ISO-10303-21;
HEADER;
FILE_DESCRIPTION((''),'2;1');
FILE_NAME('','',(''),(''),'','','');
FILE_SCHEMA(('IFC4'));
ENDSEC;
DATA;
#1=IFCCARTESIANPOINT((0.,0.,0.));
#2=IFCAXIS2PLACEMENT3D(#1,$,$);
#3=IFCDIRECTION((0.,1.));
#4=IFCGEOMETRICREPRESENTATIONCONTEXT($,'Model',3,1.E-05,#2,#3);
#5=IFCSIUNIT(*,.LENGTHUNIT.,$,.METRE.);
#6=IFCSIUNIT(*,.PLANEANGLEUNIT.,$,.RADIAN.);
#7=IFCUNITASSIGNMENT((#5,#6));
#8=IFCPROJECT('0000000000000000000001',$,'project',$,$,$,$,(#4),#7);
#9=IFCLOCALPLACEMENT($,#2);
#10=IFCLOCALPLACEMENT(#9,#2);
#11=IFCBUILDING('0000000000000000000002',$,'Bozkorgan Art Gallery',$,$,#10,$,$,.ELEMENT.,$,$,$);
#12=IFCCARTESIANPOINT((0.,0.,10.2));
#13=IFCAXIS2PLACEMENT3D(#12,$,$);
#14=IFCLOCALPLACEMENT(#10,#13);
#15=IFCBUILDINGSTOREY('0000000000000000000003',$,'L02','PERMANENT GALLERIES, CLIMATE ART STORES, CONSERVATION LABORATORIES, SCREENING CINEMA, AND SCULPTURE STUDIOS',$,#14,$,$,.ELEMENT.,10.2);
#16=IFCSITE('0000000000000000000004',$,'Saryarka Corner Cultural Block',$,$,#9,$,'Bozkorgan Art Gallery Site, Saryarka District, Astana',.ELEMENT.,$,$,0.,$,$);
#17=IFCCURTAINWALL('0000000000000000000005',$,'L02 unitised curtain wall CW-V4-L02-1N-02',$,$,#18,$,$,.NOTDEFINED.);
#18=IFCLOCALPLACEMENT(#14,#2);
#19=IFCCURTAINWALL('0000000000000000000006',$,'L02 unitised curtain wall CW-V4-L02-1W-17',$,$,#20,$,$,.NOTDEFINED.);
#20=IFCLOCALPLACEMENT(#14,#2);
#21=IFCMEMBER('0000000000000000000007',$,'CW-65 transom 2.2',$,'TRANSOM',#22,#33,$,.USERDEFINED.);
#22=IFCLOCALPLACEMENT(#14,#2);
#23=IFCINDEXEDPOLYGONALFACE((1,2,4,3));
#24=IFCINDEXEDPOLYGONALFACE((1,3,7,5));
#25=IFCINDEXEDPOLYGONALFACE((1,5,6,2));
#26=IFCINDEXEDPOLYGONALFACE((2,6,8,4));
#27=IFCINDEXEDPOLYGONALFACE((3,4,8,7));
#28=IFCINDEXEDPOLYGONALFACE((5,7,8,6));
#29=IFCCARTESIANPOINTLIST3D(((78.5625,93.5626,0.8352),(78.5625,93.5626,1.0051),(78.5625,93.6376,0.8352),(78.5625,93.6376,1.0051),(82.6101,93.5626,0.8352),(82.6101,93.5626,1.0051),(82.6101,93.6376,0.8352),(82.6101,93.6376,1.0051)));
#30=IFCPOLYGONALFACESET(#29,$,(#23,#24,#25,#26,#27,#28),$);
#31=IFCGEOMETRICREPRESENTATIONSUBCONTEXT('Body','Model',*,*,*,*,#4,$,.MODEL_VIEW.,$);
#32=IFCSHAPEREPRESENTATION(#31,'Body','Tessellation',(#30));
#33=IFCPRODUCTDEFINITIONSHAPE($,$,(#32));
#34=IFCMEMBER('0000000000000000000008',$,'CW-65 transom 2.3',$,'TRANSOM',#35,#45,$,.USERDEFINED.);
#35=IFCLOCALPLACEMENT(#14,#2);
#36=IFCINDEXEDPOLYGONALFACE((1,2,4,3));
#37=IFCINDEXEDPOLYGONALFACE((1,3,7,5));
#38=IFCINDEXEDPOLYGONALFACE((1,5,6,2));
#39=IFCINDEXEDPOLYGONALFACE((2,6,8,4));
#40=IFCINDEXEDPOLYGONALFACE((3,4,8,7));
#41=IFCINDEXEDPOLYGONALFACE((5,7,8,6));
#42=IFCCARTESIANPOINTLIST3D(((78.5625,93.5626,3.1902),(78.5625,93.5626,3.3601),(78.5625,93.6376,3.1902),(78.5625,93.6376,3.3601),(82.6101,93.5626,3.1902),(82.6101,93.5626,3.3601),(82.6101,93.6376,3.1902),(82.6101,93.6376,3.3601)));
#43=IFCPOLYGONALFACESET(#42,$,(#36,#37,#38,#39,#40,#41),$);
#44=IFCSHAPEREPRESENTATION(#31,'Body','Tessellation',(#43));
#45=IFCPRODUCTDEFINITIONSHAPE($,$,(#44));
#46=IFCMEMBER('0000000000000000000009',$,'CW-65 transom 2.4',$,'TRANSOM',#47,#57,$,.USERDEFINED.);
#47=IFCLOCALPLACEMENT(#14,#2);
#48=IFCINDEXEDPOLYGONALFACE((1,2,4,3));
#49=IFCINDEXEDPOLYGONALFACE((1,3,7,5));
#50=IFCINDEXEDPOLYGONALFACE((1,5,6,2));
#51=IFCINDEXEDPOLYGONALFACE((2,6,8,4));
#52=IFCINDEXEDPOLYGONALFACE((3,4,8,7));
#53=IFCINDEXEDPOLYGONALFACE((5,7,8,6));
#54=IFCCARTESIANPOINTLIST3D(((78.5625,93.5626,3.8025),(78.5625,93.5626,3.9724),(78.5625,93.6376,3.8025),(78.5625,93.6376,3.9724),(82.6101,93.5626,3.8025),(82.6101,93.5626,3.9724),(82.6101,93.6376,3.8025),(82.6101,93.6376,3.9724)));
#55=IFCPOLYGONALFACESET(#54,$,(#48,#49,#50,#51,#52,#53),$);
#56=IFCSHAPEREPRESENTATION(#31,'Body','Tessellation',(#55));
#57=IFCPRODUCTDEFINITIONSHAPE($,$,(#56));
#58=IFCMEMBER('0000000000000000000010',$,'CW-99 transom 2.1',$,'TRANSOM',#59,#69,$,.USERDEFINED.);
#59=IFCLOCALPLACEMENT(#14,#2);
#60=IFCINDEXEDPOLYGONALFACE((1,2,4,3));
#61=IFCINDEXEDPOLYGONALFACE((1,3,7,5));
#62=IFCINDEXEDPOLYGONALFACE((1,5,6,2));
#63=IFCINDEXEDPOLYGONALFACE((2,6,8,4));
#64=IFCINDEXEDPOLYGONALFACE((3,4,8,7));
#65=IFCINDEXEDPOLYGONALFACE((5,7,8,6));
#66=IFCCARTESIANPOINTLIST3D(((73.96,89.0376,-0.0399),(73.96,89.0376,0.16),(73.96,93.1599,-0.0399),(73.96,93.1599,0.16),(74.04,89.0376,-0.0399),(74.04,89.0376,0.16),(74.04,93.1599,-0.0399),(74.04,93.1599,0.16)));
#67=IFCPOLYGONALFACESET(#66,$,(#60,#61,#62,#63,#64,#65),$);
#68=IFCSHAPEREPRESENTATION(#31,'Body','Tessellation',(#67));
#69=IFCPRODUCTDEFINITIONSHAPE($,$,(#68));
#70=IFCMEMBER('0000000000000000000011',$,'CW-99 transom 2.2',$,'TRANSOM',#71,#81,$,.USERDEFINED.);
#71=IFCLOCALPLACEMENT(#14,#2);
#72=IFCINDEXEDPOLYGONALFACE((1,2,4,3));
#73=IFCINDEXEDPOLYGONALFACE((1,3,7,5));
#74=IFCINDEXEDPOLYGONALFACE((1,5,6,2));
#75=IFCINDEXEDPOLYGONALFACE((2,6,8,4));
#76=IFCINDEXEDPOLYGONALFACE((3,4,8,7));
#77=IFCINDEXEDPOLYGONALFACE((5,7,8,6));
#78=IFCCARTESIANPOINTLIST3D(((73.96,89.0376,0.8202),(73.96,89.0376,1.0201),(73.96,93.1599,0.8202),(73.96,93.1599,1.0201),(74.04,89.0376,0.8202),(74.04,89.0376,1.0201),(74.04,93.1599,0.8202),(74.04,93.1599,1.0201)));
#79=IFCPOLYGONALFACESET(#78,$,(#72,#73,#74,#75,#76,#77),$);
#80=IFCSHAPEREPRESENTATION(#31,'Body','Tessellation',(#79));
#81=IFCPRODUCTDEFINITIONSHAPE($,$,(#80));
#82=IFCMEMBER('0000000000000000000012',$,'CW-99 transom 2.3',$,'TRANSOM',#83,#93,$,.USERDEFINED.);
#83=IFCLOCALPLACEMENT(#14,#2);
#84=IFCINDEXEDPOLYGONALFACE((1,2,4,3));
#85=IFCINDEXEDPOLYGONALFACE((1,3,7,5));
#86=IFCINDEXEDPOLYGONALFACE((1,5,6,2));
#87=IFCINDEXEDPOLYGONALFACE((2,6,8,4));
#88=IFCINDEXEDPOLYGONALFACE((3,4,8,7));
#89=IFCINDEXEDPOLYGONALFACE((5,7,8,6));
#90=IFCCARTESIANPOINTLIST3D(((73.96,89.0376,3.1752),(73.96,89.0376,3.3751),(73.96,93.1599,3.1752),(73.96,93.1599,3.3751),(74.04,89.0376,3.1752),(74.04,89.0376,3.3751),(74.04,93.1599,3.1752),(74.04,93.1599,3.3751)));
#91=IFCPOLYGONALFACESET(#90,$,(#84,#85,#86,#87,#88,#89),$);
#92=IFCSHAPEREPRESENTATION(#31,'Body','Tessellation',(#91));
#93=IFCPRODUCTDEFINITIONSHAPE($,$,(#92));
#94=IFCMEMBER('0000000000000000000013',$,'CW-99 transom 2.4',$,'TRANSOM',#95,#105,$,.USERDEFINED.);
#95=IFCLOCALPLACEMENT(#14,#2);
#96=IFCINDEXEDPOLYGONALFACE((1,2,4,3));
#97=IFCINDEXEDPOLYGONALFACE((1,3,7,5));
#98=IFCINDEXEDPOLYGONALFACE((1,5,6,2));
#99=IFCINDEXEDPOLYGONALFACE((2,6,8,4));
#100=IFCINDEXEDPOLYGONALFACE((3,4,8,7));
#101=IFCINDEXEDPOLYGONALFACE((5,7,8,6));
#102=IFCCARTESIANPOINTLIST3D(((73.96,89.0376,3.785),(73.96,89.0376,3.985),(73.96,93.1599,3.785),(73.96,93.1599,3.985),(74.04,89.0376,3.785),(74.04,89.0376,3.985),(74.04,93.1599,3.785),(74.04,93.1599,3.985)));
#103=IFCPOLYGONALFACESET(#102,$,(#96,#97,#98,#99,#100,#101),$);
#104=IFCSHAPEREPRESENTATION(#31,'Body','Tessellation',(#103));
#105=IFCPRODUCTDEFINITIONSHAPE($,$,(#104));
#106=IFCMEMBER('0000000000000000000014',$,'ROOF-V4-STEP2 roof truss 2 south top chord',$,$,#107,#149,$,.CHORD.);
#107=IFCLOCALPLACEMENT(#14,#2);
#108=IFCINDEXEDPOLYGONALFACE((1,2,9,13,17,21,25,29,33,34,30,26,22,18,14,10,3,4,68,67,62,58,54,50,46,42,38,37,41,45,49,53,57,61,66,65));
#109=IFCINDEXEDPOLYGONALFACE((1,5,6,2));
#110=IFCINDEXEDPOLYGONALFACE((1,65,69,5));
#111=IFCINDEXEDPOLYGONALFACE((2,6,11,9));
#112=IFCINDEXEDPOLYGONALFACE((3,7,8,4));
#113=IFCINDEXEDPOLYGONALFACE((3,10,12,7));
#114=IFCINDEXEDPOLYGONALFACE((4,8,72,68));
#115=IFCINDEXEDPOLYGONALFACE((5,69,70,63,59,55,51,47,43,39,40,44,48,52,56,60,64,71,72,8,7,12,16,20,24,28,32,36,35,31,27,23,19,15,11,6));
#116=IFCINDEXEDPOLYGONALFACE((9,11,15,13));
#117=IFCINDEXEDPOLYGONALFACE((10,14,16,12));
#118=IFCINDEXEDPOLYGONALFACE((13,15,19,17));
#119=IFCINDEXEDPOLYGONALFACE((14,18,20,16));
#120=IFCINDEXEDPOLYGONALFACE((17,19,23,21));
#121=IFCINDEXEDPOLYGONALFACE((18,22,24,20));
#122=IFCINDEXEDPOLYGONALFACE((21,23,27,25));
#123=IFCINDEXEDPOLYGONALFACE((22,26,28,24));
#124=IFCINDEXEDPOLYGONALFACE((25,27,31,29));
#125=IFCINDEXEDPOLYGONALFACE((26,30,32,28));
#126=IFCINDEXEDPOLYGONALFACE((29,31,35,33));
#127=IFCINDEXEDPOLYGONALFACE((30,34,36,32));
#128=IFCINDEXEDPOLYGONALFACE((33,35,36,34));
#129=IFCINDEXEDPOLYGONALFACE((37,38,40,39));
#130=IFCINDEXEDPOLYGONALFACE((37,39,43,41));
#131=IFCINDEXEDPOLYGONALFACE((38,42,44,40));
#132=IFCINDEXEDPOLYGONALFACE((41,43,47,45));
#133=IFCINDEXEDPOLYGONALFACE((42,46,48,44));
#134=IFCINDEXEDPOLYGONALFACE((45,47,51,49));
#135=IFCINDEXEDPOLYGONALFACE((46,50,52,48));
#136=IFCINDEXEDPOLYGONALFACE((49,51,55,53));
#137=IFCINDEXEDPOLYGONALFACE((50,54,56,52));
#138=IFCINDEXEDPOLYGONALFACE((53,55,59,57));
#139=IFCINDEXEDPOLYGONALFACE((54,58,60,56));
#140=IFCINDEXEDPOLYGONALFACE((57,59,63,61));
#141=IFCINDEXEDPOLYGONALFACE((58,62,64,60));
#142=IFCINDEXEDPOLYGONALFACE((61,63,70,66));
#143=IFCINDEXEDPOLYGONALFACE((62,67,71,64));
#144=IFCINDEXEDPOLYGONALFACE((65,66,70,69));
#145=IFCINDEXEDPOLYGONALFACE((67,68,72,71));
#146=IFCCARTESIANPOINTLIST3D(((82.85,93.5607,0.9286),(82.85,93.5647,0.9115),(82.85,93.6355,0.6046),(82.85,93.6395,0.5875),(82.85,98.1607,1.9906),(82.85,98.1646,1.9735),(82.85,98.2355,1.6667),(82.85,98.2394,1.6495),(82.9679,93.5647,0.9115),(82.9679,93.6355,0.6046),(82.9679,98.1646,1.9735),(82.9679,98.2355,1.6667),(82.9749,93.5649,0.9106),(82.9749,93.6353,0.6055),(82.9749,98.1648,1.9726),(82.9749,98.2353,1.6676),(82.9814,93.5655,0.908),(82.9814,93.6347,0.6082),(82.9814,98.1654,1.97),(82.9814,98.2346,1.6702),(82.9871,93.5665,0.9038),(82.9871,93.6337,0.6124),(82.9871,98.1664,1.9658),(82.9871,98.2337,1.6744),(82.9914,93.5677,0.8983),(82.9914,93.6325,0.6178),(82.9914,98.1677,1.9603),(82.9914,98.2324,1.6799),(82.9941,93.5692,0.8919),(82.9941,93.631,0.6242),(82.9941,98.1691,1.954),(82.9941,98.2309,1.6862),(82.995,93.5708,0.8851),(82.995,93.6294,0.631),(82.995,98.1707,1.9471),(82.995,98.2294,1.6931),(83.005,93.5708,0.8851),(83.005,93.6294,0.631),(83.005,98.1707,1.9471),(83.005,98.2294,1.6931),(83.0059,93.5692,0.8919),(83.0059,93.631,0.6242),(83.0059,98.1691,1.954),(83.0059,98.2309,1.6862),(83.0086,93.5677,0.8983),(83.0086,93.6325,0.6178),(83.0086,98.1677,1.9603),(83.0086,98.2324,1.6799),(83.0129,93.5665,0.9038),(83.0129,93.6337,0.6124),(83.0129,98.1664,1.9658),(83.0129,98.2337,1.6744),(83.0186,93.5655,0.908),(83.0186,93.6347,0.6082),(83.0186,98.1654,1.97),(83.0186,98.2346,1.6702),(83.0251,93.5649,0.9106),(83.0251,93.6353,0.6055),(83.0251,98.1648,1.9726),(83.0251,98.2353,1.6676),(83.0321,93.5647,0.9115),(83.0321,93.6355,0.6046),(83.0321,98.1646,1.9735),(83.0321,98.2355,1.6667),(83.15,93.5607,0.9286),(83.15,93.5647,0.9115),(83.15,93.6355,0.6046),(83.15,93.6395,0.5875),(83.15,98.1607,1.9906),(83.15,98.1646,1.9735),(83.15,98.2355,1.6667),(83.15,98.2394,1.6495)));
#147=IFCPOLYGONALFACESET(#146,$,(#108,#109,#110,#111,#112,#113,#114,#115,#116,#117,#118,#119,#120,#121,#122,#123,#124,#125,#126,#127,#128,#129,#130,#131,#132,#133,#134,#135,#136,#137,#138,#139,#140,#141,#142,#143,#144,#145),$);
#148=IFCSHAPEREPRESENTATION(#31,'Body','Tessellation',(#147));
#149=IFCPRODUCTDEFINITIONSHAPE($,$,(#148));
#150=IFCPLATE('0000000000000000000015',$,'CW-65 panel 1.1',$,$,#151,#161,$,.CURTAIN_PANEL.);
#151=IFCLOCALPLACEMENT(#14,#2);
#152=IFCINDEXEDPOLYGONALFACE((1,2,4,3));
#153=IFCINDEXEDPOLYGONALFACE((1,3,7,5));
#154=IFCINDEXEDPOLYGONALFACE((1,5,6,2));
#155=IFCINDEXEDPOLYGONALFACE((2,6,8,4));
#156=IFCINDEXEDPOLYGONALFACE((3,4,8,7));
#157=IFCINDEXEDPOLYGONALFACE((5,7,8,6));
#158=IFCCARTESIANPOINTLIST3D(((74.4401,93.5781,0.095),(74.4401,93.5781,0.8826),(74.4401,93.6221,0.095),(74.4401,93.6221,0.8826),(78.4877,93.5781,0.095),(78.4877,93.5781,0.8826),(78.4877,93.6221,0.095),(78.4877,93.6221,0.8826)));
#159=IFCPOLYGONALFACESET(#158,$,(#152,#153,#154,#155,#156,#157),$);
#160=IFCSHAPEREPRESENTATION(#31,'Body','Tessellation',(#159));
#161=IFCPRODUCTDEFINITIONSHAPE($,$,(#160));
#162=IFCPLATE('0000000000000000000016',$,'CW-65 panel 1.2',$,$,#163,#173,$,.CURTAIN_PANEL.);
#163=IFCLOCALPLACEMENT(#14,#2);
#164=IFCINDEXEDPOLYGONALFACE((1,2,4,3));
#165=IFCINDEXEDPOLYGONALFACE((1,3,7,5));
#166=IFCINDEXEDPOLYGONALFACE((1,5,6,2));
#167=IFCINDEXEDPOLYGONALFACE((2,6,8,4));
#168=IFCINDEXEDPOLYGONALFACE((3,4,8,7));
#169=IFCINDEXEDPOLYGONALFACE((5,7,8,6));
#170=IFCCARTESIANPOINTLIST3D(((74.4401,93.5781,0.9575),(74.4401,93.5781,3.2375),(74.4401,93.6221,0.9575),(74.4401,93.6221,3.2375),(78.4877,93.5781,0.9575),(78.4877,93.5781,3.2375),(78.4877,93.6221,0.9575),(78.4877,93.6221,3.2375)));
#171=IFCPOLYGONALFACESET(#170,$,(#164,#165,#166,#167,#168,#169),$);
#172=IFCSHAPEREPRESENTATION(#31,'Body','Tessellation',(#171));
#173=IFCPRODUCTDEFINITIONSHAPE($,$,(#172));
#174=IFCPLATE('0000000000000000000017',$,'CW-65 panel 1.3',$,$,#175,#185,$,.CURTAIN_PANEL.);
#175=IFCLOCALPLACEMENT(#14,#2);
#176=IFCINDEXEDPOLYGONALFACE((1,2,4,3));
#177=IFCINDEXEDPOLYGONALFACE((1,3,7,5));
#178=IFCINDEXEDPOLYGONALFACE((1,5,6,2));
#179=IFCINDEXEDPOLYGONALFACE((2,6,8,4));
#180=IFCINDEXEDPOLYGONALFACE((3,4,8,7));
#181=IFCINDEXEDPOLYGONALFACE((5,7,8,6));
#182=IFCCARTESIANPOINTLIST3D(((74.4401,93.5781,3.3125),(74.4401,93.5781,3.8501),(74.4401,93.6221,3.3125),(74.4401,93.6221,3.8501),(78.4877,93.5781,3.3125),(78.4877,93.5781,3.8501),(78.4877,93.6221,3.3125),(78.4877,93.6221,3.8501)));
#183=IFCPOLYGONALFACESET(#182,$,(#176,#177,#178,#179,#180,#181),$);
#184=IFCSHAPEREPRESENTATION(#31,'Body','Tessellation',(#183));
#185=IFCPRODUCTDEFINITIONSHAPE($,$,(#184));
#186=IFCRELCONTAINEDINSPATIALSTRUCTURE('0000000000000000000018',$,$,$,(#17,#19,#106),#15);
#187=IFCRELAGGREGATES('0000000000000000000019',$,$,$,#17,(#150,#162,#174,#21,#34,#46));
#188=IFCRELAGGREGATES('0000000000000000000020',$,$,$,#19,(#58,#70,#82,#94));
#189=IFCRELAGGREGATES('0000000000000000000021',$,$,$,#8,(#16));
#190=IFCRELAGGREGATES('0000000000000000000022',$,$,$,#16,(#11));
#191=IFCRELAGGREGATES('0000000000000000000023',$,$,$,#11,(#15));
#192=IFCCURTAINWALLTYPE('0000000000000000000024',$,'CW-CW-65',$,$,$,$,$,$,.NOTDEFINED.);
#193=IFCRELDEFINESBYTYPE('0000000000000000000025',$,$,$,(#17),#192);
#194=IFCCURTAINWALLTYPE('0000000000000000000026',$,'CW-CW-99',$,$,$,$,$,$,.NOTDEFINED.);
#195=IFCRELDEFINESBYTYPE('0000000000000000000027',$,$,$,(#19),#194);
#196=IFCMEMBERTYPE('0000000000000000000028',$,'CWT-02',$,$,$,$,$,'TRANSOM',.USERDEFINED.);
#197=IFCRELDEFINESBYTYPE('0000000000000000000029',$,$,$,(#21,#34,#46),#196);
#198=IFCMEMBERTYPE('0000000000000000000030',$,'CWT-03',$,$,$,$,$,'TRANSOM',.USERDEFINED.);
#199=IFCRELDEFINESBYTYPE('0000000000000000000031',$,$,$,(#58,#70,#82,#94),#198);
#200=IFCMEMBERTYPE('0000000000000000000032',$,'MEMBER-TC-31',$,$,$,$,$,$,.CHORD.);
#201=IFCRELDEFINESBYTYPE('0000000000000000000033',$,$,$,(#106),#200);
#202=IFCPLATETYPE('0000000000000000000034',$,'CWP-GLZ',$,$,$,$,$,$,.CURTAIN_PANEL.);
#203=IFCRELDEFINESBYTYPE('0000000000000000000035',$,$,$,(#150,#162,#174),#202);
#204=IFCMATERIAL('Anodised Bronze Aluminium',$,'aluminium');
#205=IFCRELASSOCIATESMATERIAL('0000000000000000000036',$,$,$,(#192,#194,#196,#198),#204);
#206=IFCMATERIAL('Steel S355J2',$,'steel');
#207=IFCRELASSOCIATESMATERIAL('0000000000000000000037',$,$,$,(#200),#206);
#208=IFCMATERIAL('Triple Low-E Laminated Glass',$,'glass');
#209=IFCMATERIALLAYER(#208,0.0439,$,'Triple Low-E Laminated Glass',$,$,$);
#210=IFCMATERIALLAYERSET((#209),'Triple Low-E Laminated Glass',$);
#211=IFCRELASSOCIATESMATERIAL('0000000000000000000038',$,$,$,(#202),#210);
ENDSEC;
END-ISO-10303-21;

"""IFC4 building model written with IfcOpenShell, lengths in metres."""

from ifc_helpers import new_model, si_unit, direction, frame, origin, origin_2d, place, context, subcontext, project, spatial, rectangle, i_section, extrude, material, layer, layer_set, material_profile, profile_set, type_object, element, aggregate, save


model = new_model("IFC4")

# Units and contexts
model_context = context("Model", 3, precision=1e-05, world=origin(), true_north=direction((0.0, 1.0)))
body_context = subcontext(model_context, "Body", "Model", "MODEL_VIEW")
ifc_project = project(units=[si_unit("LENGTHUNIT", "METRE"), si_unit("PLANEANGLEUNIT", "RADIAN")], contexts=[model_context])

# Site, building, storey
site_placement = place(None, origin())
site = spatial("IfcSite", under=ifc_project, at=site_placement, Name="Saryarka Corner Cultural Block", LongName="Bozkorgan Art Gallery Site, Saryarka District, Astana", CompositionType="ELEMENT", RefElevation=0.0)
building_placement = place(site_placement, origin())
building = spatial("IfcBuilding", under=site, at=building_placement, Name="Bozkorgan Art Gallery", CompositionType="ELEMENT")
storey_placement = place(building_placement, frame((0.0, 0.0, 10.2)))
storey = spatial("IfcBuildingStorey", under=building, at=storey_placement, Name="L02", Description="PERMANENT GALLERIES, CLIMATE ART STORES, CONSERVATION LABORATORIES, SCREENING CINEMA, AND SCULPTURE STUDIOS", CompositionType="ELEMENT", Elevation=10.2)

# Shared definitions
ifc_material_1 = material(Name="Steel S355J2", Category="steel")

# Curtain wall
ifc_material_2 = material(Name="Anodised Bronze Aluminium", Category="aluminium")
curtain_wall_type_1 = type_object("IfcCurtainWallType", Name="CW-CW-65", PredefinedType="NOTDEFINED", material=ifc_material_2)
curtain_wall_1_placement = place(storey_placement, origin())
curtain_wall_1 = element("IfcCurtainWall", 1, at=curtain_wall_1_placement, inside=storey, type_object=curtain_wall_type_1, Name="L02 unitised curtain wall CW-V4-L02-1N-02", PredefinedType="NOTDEFINED")

# Curtain wall
curtain_wall_type_2 = type_object("IfcCurtainWallType", Name="CW-CW-99", PredefinedType="NOTDEFINED", material=ifc_material_2)
curtain_wall_2_placement = place(storey_placement, origin())
curtain_wall_2 = element("IfcCurtainWall", 2, at=curtain_wall_2_placement, inside=storey, type_object=curtain_wall_type_2, Name="L02 unitised curtain wall CW-V4-L02-1W-17", PredefinedType="NOTDEFINED")

# Members
ifc_material_profile_1 = material_profile(ifc_material_2, rectangle(XDim=0.075, YDim=0.1699, at=origin_2d()), Name="ALU TRANSOM 75x170")
ifc_profile_set_1 = profile_set([ifc_material_profile_1], Name="Anodised Bronze Aluminium")
member_type_1 = type_object("IfcMemberType", Name="CWT-02", ElementType="TRANSOM", PredefinedType="USERDEFINED", material=ifc_profile_set_1)
member_1_placement = place(storey_placement, frame((78.5625, 93.6001, 0.9202), z_axis=(1.0, 0.0, 0.0), x_axis=(0.0, 1.0, 0.0)))
member_1 = element("IfcMember", 3, at=member_1_placement, type_object=member_type_1, Name="CW-65 transom 2.2", ObjectType="TRANSOM", PredefinedType="USERDEFINED", context=body_context, shape_type="SweptSolid", body=[
    extrude(rectangle(XDim=0.075, YDim=0.1699, at=origin_2d()), origin(), (0.0, 0.0, 1.0), 4.0476),
])
member_2_placement = place(storey_placement, frame((78.5625, 93.6001, 3.2751), z_axis=(1.0, 0.0, 0.0), x_axis=(0.0, 1.0, 0.0)))
member_2 = element("IfcMember", 4, at=member_2_placement, type_object=member_type_1, Name="CW-65 transom 2.3", ObjectType="TRANSOM", PredefinedType="USERDEFINED", context=body_context, shape_type="SweptSolid", body=[
    extrude(rectangle(XDim=0.075, YDim=0.1699, at=origin_2d()), origin(), (0.0, 0.0, 1.0), 4.0476),
])
member_3_placement = place(storey_placement, frame((78.5625, 93.6001, 3.8875), z_axis=(1.0, 0.0, 0.0), x_axis=(0.0, 1.0, 0.0)))
member_3 = element("IfcMember", 5, at=member_3_placement, type_object=member_type_1, Name="CW-65 transom 2.4", ObjectType="TRANSOM", PredefinedType="USERDEFINED", context=body_context, shape_type="SweptSolid", body=[
    extrude(rectangle(XDim=0.075, YDim=0.1699, at=origin_2d()), origin(), (0.0, 0.0, 1.0), 4.0476),
])
ifc_material_profile_2 = material_profile(ifc_material_2, rectangle(XDim=0.0801, YDim=0.2, at=origin_2d()), Name="ALU TRANSOM 80x200")
ifc_profile_set_2 = profile_set([ifc_material_profile_2], Name="Anodised Bronze Aluminium")
member_type_2 = type_object("IfcMemberType", Name="CWT-03", ElementType="TRANSOM", PredefinedType="USERDEFINED", material=ifc_profile_set_2)
member_4_placement = place(storey_placement, frame((74.0, 89.0376, 0.0601), z_axis=(0.0, 1.0, 0.0), x_axis=(-1.0, 0.0, 0.0)))
member_4 = element("IfcMember", 6, at=member_4_placement, type_object=member_type_2, Name="CW-99 transom 2.1", ObjectType="TRANSOM", PredefinedType="USERDEFINED", context=body_context, shape_type="SweptSolid", body=[
    extrude(rectangle(XDim=0.0801, YDim=0.2, at=origin_2d()), origin(), (0.0, 0.0, 1.0), 4.1223),
])
member_5_placement = place(storey_placement, frame((74.0, 89.0376, 0.9202), z_axis=(0.0, 1.0, 0.0), x_axis=(-1.0, 0.0, 0.0)))
member_5 = element("IfcMember", 7, at=member_5_placement, type_object=member_type_2, Name="CW-99 transom 2.2", ObjectType="TRANSOM", PredefinedType="USERDEFINED", context=body_context, shape_type="SweptSolid", body=[
    extrude(rectangle(XDim=0.0801, YDim=0.2, at=origin_2d()), origin(), (0.0, 0.0, 1.0), 4.1223),
])
member_6_placement = place(storey_placement, frame((74.0, 89.0376, 3.2751), z_axis=(0.0, 1.0, 0.0), x_axis=(-1.0, 0.0, 0.0)))
member_6 = element("IfcMember", 8, at=member_6_placement, type_object=member_type_2, Name="CW-99 transom 2.3", ObjectType="TRANSOM", PredefinedType="USERDEFINED", context=body_context, shape_type="SweptSolid", body=[
    extrude(rectangle(XDim=0.0801, YDim=0.2, at=origin_2d()), origin(), (0.0, 0.0, 1.0), 4.1223),
])
member_7_placement = place(storey_placement, frame((74.0, 89.0376, 3.885), z_axis=(0.0, 1.0, 0.0), x_axis=(-1.0, 0.0, 0.0)))
member_7 = element("IfcMember", 9, at=member_7_placement, type_object=member_type_2, Name="CW-99 transom 2.4", ObjectType="TRANSOM", PredefinedType="USERDEFINED", context=body_context, shape_type="SweptSolid", body=[
    extrude(rectangle(XDim=0.0801, YDim=0.2, at=origin_2d()), origin(), (0.0, 0.0, 1.0), 4.1223),
])
ifc_material_profile_3 = material_profile(ifc_material_1, i_section(OverallWidth=0.3, OverallDepth=0.3501, WebThickness=0.01, FlangeThickness=0.0176, FilletRadius=0.0271, at=origin_2d()), Name="HEA 360")
ifc_profile_set_3 = profile_set([ifc_material_profile_3], Name="Steel S355J2")
member_type_3 = type_object("IfcMemberType", Name="MEMBER-TC-31", PredefinedType="CHORD", material=ifc_profile_set_3)
member_8_placement = place(storey_placement, frame((83.0, 93.6001, 0.7581), z_axis=(0.0, 0.974368, 0.224961), x_axis=(-1.0, 0.0, 0.0)))
element("IfcMember", 10, at=member_8_placement, inside=storey, type_object=member_type_3, Name="ROOF-V4-STEP2 roof truss 2 south top chord", PredefinedType="CHORD", context=body_context, shape_type="SweptSolid", body=[
    extrude(i_section(OverallWidth=0.3, OverallDepth=0.3501, WebThickness=0.01, FlangeThickness=0.0176, FilletRadius=0.0271, at=origin_2d()), origin(), (0.0, 0.0, 1.0), 4.7209),
])

# Plates
ifc_material_3 = material(Name="Triple Low-E Laminated Glass", Category="glass")
ifc_layer = layer(ifc_material_3, 0.0439, Name="Triple Low-E Laminated Glass")
ifc_layer_set = layer_set([ifc_layer], Name="Triple Low-E Laminated Glass")
plate_type = type_object("IfcPlateType", Name="CWP-GLZ", PredefinedType="CURTAIN_PANEL", material=ifc_layer_set)
plate_1_placement = place(storey_placement, frame((76.4639, 93.6001, 0.095), z_axis=(0.0, 0.0, 1.0), x_axis=(1.0, 0.0, 0.0)))
plate_1 = element("IfcPlate", 11, at=plate_1_placement, type_object=plate_type, Name="CW-65 panel 1.1", PredefinedType="CURTAIN_PANEL", context=body_context, shape_type="SweptSolid", body=[
    extrude(rectangle(XDim=4.0476, YDim=0.0439, at=origin_2d()), origin(), (0.0, 0.0, 1.0), 0.7876),
])
plate_2_placement = place(storey_placement, frame((76.4639, 93.6001, 0.9575), z_axis=(0.0, 0.0, 1.0), x_axis=(1.0, 0.0, 0.0)))
plate_2 = element("IfcPlate", 12, at=plate_2_placement, type_object=plate_type, Name="CW-65 panel 1.2", PredefinedType="CURTAIN_PANEL", context=body_context, shape_type="SweptSolid", body=[
    extrude(rectangle(XDim=4.0476, YDim=0.0439, at=origin_2d()), origin(), (0.0, 0.0, 1.0), 2.28),
])
plate_3_placement = place(storey_placement, frame((76.4639, 93.6001, 3.3125), z_axis=(0.0, 0.0, 1.0), x_axis=(1.0, 0.0, 0.0)))
plate_3 = element("IfcPlate", 13, at=plate_3_placement, type_object=plate_type, Name="CW-65 panel 1.3", PredefinedType="CURTAIN_PANEL", context=body_context, shape_type="SweptSolid", body=[
    extrude(rectangle(XDim=4.0476, YDim=0.0439, at=origin_2d()), origin(), (0.0, 0.0, 1.0), 0.5376),
])
aggregate(curtain_wall_1, [plate_1, plate_2, plate_3, member_1, member_2, member_3])
aggregate(curtain_wall_2, [member_4, member_5, member_6, member_7])

save(model, "model.ifc")
